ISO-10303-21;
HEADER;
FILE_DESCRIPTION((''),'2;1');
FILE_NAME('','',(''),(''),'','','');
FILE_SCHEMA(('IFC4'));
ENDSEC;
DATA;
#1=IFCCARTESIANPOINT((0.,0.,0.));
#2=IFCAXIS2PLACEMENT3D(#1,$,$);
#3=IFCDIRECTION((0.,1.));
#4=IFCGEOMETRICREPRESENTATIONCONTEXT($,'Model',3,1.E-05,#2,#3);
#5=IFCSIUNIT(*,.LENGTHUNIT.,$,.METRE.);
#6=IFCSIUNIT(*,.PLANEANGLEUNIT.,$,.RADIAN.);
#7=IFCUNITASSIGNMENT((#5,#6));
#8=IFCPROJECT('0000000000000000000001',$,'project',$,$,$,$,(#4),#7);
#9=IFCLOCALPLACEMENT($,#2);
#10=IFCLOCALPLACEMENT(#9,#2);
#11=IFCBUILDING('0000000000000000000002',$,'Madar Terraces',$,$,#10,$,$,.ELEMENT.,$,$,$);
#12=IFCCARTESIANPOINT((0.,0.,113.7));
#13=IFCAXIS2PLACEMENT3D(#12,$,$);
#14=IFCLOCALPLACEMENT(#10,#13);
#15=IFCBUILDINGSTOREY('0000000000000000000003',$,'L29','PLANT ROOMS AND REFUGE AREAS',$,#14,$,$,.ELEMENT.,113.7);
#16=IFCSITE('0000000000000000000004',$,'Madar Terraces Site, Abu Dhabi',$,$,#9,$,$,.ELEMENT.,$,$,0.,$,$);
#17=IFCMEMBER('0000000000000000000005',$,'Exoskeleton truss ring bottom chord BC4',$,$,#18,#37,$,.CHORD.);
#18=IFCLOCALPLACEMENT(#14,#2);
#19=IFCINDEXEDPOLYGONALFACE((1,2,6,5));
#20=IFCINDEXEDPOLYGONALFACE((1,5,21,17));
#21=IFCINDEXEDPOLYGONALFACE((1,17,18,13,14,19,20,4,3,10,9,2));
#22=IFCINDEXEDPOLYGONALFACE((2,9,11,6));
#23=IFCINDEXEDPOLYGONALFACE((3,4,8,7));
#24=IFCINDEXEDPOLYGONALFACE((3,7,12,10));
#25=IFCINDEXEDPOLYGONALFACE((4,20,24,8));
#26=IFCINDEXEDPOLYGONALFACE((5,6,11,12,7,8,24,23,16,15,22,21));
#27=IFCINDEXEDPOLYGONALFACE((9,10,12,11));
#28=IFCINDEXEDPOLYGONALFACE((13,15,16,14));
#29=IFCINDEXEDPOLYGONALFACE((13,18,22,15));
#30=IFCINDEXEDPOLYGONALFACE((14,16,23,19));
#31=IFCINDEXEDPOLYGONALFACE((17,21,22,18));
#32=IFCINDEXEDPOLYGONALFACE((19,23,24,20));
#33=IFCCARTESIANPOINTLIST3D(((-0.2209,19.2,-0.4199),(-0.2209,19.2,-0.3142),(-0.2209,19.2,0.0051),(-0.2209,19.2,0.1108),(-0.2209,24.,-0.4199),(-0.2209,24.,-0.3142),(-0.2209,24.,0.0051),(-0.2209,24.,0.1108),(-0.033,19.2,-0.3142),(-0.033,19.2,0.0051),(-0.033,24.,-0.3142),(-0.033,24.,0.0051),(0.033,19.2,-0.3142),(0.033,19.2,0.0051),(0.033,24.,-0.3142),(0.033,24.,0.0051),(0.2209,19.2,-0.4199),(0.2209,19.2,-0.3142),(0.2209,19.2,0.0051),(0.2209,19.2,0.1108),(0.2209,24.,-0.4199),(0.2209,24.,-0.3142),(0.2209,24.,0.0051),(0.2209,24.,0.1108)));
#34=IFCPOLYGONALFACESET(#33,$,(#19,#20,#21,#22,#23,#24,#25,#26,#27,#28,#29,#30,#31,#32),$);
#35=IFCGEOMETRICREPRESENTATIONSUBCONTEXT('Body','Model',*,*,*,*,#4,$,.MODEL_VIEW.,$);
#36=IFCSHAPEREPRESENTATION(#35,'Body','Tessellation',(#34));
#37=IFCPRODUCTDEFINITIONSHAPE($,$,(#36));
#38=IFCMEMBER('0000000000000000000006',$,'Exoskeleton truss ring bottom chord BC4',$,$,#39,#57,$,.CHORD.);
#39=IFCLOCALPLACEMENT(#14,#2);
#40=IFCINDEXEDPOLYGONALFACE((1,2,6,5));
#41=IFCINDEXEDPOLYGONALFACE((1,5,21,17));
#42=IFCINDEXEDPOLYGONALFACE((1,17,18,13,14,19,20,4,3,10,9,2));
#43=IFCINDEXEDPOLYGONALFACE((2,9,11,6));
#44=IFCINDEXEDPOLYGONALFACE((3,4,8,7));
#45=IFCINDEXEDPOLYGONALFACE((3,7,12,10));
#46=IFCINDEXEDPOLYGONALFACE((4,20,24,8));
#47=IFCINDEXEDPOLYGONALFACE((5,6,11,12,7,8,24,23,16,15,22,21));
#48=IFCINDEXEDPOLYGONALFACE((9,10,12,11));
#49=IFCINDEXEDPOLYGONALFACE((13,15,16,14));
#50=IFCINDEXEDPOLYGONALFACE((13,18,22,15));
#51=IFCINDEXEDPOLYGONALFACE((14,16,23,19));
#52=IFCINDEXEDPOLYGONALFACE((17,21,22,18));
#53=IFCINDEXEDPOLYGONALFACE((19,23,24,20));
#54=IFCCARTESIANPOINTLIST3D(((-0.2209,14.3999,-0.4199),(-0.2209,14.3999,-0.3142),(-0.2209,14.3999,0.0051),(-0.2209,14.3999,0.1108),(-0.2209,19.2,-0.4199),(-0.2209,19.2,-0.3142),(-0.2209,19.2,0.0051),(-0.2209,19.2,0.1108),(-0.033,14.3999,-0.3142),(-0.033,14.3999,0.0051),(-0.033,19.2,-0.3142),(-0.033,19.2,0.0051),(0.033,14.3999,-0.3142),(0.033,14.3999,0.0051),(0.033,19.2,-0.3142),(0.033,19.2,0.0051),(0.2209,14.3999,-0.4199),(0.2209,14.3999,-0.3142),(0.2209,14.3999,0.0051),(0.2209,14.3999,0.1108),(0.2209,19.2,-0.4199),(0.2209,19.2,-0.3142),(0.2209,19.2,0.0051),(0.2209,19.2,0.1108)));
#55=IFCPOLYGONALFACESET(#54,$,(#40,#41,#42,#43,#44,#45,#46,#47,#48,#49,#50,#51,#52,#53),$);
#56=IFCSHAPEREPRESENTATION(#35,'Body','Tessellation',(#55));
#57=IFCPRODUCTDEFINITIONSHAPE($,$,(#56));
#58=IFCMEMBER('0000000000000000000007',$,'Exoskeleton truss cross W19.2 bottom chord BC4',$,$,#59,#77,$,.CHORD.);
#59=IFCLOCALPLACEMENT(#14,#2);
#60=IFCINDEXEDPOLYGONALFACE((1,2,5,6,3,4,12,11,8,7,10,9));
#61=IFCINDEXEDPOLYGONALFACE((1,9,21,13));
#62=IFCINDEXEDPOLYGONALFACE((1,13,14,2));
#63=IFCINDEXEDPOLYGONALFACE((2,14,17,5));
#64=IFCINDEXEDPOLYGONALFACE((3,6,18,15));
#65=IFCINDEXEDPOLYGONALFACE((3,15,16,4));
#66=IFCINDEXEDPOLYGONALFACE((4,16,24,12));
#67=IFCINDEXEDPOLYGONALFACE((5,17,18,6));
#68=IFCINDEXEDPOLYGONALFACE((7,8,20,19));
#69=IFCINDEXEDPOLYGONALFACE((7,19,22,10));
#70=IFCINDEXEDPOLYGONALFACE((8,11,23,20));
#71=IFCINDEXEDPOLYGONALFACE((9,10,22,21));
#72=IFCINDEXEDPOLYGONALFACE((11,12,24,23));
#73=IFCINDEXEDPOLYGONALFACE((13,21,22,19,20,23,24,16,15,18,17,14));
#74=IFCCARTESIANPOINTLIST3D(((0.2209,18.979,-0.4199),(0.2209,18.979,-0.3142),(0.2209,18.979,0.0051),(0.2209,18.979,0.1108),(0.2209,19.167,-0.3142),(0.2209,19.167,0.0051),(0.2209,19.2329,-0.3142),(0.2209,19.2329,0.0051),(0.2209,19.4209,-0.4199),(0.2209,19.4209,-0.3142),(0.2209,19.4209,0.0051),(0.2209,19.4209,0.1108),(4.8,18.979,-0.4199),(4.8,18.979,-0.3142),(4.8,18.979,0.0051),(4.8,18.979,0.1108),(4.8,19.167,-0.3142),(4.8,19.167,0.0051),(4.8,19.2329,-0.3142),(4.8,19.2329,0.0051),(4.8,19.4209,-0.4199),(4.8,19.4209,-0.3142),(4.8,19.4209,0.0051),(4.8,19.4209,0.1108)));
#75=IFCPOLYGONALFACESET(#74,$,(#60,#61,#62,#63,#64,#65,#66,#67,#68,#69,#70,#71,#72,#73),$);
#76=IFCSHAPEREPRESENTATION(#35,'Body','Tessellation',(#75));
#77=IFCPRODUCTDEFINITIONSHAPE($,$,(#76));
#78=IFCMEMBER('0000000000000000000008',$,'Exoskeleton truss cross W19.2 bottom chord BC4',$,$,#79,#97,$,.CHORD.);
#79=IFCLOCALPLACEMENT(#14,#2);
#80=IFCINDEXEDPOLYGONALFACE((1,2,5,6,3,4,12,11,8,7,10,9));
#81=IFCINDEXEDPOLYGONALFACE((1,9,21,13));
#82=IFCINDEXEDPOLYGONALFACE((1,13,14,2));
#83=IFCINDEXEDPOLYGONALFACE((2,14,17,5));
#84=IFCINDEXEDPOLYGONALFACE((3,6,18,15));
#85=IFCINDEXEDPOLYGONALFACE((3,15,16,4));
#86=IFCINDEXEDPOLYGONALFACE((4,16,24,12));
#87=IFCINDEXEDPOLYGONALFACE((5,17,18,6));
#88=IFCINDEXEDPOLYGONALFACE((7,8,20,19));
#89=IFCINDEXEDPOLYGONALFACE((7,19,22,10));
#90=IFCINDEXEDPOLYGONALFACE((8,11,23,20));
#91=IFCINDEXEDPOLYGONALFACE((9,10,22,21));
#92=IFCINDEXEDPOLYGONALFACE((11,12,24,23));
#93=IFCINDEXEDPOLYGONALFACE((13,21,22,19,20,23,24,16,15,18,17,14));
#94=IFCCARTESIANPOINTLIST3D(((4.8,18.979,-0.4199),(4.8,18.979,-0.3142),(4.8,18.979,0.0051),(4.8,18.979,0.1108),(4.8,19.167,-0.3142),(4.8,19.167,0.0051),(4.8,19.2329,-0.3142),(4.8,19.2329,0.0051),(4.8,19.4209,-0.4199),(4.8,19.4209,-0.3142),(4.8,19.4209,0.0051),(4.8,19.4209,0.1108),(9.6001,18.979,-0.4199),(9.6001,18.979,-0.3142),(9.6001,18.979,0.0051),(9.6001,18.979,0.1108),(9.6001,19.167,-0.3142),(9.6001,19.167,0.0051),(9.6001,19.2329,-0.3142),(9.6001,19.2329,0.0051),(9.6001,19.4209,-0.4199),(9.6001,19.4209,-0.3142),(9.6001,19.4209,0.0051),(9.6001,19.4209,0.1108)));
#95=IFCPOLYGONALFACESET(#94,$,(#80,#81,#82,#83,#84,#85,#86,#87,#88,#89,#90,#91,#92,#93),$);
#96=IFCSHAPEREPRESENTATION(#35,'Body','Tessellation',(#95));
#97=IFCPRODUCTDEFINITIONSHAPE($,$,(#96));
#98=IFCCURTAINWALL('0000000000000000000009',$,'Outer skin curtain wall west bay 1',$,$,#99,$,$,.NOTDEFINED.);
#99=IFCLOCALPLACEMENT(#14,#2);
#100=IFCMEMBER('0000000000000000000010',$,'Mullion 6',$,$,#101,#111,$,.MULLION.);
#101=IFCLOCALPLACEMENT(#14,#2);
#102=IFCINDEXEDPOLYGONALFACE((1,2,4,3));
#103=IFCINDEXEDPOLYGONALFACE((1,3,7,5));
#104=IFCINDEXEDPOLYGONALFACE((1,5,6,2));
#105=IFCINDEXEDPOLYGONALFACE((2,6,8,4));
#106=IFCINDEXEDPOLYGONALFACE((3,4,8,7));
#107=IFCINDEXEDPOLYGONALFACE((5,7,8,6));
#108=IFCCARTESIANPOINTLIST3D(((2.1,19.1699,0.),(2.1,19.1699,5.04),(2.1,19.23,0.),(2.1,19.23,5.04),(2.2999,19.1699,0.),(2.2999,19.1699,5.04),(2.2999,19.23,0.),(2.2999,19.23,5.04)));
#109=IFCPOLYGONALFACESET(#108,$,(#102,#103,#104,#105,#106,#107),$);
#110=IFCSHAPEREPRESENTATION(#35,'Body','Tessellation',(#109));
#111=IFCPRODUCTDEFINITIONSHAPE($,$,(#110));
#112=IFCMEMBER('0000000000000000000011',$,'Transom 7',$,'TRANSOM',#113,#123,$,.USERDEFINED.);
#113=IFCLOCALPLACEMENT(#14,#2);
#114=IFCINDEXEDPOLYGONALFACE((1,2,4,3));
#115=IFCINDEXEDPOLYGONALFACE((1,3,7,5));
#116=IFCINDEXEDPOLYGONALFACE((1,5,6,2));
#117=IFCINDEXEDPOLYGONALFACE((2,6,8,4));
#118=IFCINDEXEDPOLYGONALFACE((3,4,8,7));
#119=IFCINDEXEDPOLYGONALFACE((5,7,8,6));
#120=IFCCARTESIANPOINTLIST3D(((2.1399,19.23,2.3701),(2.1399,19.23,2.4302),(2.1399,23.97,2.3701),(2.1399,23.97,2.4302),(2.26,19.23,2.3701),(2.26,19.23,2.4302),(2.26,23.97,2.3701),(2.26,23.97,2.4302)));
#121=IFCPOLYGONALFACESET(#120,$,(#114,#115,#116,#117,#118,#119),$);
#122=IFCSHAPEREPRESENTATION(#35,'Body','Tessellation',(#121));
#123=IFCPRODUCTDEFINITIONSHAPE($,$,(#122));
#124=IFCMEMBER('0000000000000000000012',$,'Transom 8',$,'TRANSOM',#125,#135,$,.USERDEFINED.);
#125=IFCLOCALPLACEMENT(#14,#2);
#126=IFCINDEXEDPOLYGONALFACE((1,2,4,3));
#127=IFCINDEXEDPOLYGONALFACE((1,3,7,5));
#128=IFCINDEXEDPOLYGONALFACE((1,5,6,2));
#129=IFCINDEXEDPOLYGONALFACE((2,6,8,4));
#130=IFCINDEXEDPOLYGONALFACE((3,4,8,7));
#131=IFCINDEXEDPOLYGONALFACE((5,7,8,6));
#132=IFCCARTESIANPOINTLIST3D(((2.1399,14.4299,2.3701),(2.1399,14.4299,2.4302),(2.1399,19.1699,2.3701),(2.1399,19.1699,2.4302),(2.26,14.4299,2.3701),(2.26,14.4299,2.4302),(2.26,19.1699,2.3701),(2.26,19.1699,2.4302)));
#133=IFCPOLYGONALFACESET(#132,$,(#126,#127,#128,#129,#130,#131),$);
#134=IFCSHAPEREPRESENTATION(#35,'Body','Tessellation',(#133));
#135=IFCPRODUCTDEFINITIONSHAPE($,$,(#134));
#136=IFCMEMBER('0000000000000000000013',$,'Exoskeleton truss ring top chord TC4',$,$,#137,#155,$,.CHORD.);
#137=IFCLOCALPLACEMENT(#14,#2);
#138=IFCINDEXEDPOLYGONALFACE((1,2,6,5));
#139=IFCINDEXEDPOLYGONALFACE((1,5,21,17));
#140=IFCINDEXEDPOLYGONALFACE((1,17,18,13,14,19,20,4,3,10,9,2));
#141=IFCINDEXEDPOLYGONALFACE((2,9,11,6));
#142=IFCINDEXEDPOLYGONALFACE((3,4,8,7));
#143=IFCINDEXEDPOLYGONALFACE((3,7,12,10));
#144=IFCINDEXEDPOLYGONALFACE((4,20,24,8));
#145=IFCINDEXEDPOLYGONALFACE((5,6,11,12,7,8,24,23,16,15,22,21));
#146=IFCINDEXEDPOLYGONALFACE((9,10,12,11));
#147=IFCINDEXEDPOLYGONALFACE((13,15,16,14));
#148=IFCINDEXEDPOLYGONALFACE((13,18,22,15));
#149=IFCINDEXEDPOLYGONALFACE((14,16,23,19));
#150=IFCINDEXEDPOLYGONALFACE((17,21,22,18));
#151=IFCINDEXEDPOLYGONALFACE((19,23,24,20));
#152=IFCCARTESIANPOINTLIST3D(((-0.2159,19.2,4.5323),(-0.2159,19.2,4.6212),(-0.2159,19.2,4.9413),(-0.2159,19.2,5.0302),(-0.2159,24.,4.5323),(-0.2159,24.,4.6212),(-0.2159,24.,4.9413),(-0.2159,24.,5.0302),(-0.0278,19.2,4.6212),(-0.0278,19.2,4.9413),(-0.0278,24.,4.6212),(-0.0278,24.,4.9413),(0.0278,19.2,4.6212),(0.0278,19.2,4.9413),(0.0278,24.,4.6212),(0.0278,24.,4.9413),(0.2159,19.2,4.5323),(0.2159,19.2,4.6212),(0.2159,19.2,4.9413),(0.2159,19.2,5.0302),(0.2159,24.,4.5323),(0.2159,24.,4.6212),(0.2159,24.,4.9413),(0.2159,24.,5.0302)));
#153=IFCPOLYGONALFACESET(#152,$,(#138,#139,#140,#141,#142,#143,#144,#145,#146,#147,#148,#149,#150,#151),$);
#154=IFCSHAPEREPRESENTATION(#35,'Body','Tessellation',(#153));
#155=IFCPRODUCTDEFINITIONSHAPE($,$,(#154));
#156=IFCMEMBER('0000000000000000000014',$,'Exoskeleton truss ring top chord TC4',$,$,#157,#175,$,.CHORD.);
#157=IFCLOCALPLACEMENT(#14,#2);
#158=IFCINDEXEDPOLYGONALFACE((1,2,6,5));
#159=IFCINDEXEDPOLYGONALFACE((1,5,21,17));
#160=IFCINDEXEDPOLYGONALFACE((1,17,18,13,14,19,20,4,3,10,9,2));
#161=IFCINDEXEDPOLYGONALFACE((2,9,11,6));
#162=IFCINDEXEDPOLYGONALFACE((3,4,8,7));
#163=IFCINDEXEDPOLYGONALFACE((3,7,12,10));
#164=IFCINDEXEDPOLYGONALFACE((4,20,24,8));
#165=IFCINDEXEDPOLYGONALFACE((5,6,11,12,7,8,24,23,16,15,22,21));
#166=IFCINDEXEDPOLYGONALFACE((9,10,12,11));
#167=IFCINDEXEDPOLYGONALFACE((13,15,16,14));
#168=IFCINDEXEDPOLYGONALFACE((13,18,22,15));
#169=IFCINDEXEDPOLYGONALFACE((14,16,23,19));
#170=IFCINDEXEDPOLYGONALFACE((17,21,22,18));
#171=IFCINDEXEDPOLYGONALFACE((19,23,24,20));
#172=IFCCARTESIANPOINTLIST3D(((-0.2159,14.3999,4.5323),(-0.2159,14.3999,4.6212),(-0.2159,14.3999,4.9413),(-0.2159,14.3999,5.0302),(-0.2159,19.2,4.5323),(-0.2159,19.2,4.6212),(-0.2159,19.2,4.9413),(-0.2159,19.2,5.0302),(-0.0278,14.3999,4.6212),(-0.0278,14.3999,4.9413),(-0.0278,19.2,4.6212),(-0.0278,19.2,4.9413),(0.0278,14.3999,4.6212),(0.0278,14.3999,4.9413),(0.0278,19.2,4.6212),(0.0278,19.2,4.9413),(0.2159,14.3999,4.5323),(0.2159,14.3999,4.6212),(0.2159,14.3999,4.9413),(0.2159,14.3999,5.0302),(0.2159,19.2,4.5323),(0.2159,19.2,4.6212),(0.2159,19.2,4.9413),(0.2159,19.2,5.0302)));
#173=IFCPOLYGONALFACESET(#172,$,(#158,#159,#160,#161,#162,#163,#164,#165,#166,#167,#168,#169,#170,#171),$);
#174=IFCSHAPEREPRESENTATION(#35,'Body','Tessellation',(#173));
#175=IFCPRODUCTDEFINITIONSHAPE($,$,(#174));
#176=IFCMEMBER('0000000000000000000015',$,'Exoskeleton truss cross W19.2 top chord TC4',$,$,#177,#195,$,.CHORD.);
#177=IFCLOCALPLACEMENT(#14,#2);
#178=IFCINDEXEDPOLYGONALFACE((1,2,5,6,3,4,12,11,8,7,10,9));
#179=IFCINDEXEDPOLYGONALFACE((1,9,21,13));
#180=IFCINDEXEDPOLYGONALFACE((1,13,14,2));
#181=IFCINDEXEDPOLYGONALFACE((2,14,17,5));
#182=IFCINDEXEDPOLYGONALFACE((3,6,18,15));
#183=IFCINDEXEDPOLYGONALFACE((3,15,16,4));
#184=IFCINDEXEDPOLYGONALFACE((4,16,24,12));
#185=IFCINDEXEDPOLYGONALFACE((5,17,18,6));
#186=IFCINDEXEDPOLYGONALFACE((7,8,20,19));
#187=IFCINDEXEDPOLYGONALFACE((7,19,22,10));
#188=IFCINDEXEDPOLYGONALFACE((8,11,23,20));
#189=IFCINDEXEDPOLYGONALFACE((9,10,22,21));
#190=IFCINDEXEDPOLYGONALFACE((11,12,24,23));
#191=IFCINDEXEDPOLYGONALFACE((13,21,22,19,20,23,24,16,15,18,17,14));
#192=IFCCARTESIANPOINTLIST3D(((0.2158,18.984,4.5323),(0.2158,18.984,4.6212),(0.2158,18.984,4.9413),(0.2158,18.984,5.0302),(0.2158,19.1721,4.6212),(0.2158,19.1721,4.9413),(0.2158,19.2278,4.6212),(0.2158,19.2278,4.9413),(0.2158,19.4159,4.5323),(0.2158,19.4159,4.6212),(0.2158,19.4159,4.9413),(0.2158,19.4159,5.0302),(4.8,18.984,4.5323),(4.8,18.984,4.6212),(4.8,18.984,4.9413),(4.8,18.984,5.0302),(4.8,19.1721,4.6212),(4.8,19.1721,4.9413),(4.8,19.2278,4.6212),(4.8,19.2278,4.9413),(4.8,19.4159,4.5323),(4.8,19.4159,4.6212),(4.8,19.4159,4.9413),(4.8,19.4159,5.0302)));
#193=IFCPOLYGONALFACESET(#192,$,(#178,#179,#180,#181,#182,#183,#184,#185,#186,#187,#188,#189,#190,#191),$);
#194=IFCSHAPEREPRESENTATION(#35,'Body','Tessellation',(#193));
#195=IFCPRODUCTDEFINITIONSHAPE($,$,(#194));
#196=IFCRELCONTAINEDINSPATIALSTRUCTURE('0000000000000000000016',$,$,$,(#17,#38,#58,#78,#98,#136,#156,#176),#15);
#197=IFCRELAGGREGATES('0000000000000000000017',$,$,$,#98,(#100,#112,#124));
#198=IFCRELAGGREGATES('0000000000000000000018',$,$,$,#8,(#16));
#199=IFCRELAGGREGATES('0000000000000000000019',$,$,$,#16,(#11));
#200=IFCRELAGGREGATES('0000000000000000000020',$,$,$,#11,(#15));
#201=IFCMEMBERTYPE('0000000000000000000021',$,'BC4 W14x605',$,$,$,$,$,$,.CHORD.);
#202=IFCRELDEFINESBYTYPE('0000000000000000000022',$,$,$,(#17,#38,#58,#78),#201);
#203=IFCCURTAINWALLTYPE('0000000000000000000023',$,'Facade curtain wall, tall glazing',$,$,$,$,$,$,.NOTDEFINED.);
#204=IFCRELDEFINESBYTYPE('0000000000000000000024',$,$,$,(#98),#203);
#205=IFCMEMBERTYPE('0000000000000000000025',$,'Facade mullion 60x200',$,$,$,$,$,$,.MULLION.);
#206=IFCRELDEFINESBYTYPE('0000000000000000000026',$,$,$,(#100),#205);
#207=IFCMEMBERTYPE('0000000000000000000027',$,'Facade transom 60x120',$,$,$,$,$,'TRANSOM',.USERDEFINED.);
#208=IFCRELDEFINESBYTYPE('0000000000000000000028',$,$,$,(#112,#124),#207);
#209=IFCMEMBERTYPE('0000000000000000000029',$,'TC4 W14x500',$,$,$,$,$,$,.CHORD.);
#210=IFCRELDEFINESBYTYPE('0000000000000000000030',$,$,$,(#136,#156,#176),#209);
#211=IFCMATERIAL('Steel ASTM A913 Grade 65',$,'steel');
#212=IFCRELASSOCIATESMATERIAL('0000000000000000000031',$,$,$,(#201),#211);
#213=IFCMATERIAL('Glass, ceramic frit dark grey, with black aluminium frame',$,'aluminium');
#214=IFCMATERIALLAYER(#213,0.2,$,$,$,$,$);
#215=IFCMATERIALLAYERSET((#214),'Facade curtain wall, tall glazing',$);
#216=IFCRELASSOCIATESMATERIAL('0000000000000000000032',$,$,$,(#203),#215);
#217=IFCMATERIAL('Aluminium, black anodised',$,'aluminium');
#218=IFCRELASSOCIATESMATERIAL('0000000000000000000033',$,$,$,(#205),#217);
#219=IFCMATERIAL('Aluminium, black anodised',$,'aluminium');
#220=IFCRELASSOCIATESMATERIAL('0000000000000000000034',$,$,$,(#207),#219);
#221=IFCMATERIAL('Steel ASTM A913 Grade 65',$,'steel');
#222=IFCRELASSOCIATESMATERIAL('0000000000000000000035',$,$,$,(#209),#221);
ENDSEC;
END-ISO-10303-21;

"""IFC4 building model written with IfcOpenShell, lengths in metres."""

from ifc_helpers import new_model, si_unit, direction, frame, origin, origin_2d, place, context, subcontext, project, spatial, rectangle, i_section, extrude, material, layer, layer_set, material_profile, profile_set, type_object, element, aggregate, save


model = new_model("IFC4")

# Units and contexts
model_context = context("Model", 3, precision=1e-05, world=origin(), true_north=direction((0.0, 1.0)))
body_context = subcontext(model_context, "Body", "Model", "MODEL_VIEW")
ifc_project = project(units=[si_unit("LENGTHUNIT", "METRE"), si_unit("PLANEANGLEUNIT", "RADIAN")], contexts=[model_context])

# Site, building, storey
site_placement = place(None, origin())
site = spatial("IfcSite", under=ifc_project, at=site_placement, Name="Madar Terraces Site, Abu Dhabi", CompositionType="ELEMENT", RefElevation=0.0)
building_placement = place(site_placement, origin())
building = spatial("IfcBuilding", under=site, at=building_placement, Name="Madar Terraces", CompositionType="ELEMENT")
storey_placement = place(building_placement, frame((0.0, 0.0, 113.7)))
storey = spatial("IfcBuildingStorey", under=building, at=storey_placement, Name="L29", Description="PLANT ROOMS AND REFUGE AREAS", CompositionType="ELEMENT", Elevation=113.7)

# Members
ifc_material_1 = material(Name="Steel ASTM A913 Grade 65", Category="steel")
ifc_material_profile_1 = material_profile(ifc_material_1, i_section(OverallWidth=0.4419, OverallDepth=0.5308, WebThickness=0.0659, FlangeThickness=0.1057, at=origin_2d()), Name="W14x605")
ifc_profile_set_1 = profile_set([ifc_material_profile_1], Name="Steel ASTM A913 Grade 65")
member_type_1 = type_object("IfcMemberType", Name="BC4 W14x605", PredefinedType="CHORD", material=ifc_profile_set_1)
for number, where, z_axis, x_axis, name in (
    (1, (0.0, 24.0, -0.1545), (0.0, -1.0, 0.0), (1.0, 0.0, 0.0), "Exoskeleton truss ring bottom chord BC4"),
    (2, (0.0, 19.2, -0.1545), (0.0, -1.0, 0.0), (1.0, 0.0, 0.0), "Exoskeleton truss ring bottom chord BC4"),
):
    element("IfcMember", number, at=place(storey_placement, frame(where, z_axis=z_axis, x_axis=x_axis)), inside=storey, type_object=member_type_1, Name=name, PredefinedType="CHORD", context=body_context, shape_type="SweptSolid", body=[
        extrude(i_section(OverallWidth=0.4419, OverallDepth=0.5308, WebThickness=0.0659, FlangeThickness=0.1057, at=origin_2d()), origin(), (0.0, 0.0, 1.0), 4.8),
    ])
member_1_placement = place(storey_placement, frame((0.2209, 19.2, -0.1545), z_axis=(1.0, 0.0, 0.0), x_axis=(0.0, 1.0, 0.0)))
element("IfcMember", 3, at=member_1_placement, inside=storey, type_object=member_type_1, Name="Exoskeleton truss cross W19.2 bottom chord BC4", PredefinedType="CHORD", context=body_context, shape_type="SweptSolid", body=[
    extrude(i_section(OverallWidth=0.4419, OverallDepth=0.5308, WebThickness=0.0659, FlangeThickness=0.1057, at=origin_2d()), origin(), (0.0, 0.0, 1.0), 4.5791),
])
member_2_placement = place(storey_placement, frame((4.8, 19.2, -0.1545), z_axis=(1.0, 0.0, 0.0), x_axis=(0.0, 1.0, 0.0)))
element("IfcMember", 4, at=member_2_placement, inside=storey, type_object=member_type_1, Name="Exoskeleton truss cross W19.2 bottom chord BC4", PredefinedType="CHORD", context=body_context, shape_type="SweptSolid", body=[
    extrude(i_section(OverallWidth=0.4419, OverallDepth=0.5308, WebThickness=0.0659, FlangeThickness=0.1057, at=origin_2d()), origin(), (0.0, 0.0, 1.0), 4.8),
])

# Curtain wall, members
ifc_material_2 = material(Name="Glass, ceramic frit dark grey, with black aluminium frame", Category="aluminium")
ifc_layer_1 = layer(ifc_material_2, 0.2)
ifc_layer_set_1 = layer_set([ifc_layer_1], Name="Facade curtain wall, tall glazing")
curtain_wall_type = type_object("IfcCurtainWallType", Name="Facade curtain wall, tall glazing", PredefinedType="NOTDEFINED", material=ifc_layer_set_1)
curtain_wall_placement = place(storey_placement, origin())
curtain_wall = element("IfcCurtainWall", 5, at=curtain_wall_placement, inside=storey, type_object=curtain_wall_type, Name="Outer skin curtain wall west bay 1", PredefinedType="NOTDEFINED")
ifc_material_3 = material(Name="Aluminium, black anodised", Category="aluminium")
ifc_material_profile_2 = material_profile(ifc_material_3, rectangle(XDim=0.2, YDim=0.0601, at=origin_2d()), Name="Facade mullion 60x200")
ifc_profile_set_2 = profile_set([ifc_material_profile_2], Name="Aluminium, black anodised")
member_type_2 = type_object("IfcMemberType", Name="Facade mullion 60x200", PredefinedType="MULLION", material=ifc_profile_set_2)
member_3_placement = place(storey_placement, frame((2.2, 19.2, 0.0), z_axis=(0.0, 0.0, 1.0), x_axis=(1.0, 0.0, 0.0)))
member_3 = element("IfcMember", 6, at=member_3_placement, type_object=member_type_2, Name="Mullion 6", PredefinedType="MULLION", context=body_context, shape_type="SweptSolid", body=[
    extrude(rectangle(XDim=0.2, YDim=0.0601, at=origin_2d()), origin(), (0.0, 0.0, 1.0), 5.04),
])
ifc_material_4 = material(Name="Aluminium, black anodised", Category="aluminium")
ifc_material_profile_3 = material_profile(ifc_material_4, rectangle(XDim=0.1201, YDim=0.0601, at=origin_2d()), Name="Facade transom 60x120")
ifc_profile_set_3 = profile_set([ifc_material_profile_3], Name="Aluminium, black anodised")
member_type_3 = type_object("IfcMemberType", Name="Facade transom 60x120", ElementType="TRANSOM", PredefinedType="USERDEFINED", material=ifc_profile_set_3)
member_4_placement = place(storey_placement, frame((2.2, 23.97, 2.4001), z_axis=(0.0, -1.0, 0.0), x_axis=(1.0, 0.0, 0.0)))
member_4 = element("IfcMember", 7, at=member_4_placement, type_object=member_type_3, Name="Transom 7", ObjectType="TRANSOM", PredefinedType="USERDEFINED", context=body_context, shape_type="SweptSolid", body=[
    extrude(rectangle(XDim=0.1201, YDim=0.0601, at=origin_2d()), origin(), (0.0, 0.0, 1.0), 4.74),
])
member_5_placement = place(storey_placement, frame((2.2, 19.1699, 2.4001), z_axis=(0.0, -1.0, 0.0), x_axis=(1.0, 0.0, 0.0)))
member_5 = element("IfcMember", 8, at=member_5_placement, type_object=member_type_3, Name="Transom 8", ObjectType="TRANSOM", PredefinedType="USERDEFINED", context=body_context, shape_type="SweptSolid", body=[
    extrude(rectangle(XDim=0.1201, YDim=0.0601, at=origin_2d()), origin(), (0.0, 0.0, 1.0), 4.74),
])

# Members
ifc_material_5 = material(Name="Steel ASTM A913 Grade 65", Category="steel")
ifc_material_profile_4 = material_profile(ifc_material_5, i_section(OverallWidth=0.4319, OverallDepth=0.4978, WebThickness=0.0557, FlangeThickness=0.0889, at=origin_2d()), Name="W14x500")
ifc_profile_set_4 = profile_set([ifc_material_profile_4], Name="Steel ASTM A913 Grade 65")
member_type_4 = type_object("IfcMemberType", Name="TC4 W14x500", PredefinedType="CHORD", material=ifc_profile_set_4)
for number, where, z_axis, x_axis, name in (
    (9, (0.0, 24.0, 4.7812), (0.0, -1.0, 0.0), (1.0, 0.0, 0.0), "Exoskeleton truss ring top chord TC4"),
    (10, (0.0, 19.2, 4.7812), (0.0, -1.0, 0.0), (1.0, 0.0, 0.0), "Exoskeleton truss ring top chord TC4"),
):
    element("IfcMember", number, at=place(storey_placement, frame(where, z_axis=z_axis, x_axis=x_axis)), inside=storey, type_object=member_type_4, Name=name, PredefinedType="CHORD", context=body_context, shape_type="SweptSolid", body=[
        extrude(i_section(OverallWidth=0.4319, OverallDepth=0.4978, WebThickness=0.0557, FlangeThickness=0.0889, at=origin_2d()), origin(), (0.0, 0.0, 1.0), 4.8),
    ])
member_6_placement = place(storey_placement, frame((0.2158, 19.2, 4.7812), z_axis=(1.0, 0.0, 0.0), x_axis=(0.0, 1.0, 0.0)))
element("IfcMember", 11, at=member_6_placement, inside=storey, type_object=member_type_4, Name="Exoskeleton truss cross W19.2 top chord TC4", PredefinedType="CHORD", context=body_context, shape_type="SweptSolid", body=[
    extrude(i_section(OverallWidth=0.4319, OverallDepth=0.4978, WebThickness=0.0557, FlangeThickness=0.0889, at=origin_2d()), origin(), (0.0, 0.0, 1.0), 4.5842),
])

aggregate(curtain_wall, [member_3, member_4, member_5])

save(model, "model.ifc")
